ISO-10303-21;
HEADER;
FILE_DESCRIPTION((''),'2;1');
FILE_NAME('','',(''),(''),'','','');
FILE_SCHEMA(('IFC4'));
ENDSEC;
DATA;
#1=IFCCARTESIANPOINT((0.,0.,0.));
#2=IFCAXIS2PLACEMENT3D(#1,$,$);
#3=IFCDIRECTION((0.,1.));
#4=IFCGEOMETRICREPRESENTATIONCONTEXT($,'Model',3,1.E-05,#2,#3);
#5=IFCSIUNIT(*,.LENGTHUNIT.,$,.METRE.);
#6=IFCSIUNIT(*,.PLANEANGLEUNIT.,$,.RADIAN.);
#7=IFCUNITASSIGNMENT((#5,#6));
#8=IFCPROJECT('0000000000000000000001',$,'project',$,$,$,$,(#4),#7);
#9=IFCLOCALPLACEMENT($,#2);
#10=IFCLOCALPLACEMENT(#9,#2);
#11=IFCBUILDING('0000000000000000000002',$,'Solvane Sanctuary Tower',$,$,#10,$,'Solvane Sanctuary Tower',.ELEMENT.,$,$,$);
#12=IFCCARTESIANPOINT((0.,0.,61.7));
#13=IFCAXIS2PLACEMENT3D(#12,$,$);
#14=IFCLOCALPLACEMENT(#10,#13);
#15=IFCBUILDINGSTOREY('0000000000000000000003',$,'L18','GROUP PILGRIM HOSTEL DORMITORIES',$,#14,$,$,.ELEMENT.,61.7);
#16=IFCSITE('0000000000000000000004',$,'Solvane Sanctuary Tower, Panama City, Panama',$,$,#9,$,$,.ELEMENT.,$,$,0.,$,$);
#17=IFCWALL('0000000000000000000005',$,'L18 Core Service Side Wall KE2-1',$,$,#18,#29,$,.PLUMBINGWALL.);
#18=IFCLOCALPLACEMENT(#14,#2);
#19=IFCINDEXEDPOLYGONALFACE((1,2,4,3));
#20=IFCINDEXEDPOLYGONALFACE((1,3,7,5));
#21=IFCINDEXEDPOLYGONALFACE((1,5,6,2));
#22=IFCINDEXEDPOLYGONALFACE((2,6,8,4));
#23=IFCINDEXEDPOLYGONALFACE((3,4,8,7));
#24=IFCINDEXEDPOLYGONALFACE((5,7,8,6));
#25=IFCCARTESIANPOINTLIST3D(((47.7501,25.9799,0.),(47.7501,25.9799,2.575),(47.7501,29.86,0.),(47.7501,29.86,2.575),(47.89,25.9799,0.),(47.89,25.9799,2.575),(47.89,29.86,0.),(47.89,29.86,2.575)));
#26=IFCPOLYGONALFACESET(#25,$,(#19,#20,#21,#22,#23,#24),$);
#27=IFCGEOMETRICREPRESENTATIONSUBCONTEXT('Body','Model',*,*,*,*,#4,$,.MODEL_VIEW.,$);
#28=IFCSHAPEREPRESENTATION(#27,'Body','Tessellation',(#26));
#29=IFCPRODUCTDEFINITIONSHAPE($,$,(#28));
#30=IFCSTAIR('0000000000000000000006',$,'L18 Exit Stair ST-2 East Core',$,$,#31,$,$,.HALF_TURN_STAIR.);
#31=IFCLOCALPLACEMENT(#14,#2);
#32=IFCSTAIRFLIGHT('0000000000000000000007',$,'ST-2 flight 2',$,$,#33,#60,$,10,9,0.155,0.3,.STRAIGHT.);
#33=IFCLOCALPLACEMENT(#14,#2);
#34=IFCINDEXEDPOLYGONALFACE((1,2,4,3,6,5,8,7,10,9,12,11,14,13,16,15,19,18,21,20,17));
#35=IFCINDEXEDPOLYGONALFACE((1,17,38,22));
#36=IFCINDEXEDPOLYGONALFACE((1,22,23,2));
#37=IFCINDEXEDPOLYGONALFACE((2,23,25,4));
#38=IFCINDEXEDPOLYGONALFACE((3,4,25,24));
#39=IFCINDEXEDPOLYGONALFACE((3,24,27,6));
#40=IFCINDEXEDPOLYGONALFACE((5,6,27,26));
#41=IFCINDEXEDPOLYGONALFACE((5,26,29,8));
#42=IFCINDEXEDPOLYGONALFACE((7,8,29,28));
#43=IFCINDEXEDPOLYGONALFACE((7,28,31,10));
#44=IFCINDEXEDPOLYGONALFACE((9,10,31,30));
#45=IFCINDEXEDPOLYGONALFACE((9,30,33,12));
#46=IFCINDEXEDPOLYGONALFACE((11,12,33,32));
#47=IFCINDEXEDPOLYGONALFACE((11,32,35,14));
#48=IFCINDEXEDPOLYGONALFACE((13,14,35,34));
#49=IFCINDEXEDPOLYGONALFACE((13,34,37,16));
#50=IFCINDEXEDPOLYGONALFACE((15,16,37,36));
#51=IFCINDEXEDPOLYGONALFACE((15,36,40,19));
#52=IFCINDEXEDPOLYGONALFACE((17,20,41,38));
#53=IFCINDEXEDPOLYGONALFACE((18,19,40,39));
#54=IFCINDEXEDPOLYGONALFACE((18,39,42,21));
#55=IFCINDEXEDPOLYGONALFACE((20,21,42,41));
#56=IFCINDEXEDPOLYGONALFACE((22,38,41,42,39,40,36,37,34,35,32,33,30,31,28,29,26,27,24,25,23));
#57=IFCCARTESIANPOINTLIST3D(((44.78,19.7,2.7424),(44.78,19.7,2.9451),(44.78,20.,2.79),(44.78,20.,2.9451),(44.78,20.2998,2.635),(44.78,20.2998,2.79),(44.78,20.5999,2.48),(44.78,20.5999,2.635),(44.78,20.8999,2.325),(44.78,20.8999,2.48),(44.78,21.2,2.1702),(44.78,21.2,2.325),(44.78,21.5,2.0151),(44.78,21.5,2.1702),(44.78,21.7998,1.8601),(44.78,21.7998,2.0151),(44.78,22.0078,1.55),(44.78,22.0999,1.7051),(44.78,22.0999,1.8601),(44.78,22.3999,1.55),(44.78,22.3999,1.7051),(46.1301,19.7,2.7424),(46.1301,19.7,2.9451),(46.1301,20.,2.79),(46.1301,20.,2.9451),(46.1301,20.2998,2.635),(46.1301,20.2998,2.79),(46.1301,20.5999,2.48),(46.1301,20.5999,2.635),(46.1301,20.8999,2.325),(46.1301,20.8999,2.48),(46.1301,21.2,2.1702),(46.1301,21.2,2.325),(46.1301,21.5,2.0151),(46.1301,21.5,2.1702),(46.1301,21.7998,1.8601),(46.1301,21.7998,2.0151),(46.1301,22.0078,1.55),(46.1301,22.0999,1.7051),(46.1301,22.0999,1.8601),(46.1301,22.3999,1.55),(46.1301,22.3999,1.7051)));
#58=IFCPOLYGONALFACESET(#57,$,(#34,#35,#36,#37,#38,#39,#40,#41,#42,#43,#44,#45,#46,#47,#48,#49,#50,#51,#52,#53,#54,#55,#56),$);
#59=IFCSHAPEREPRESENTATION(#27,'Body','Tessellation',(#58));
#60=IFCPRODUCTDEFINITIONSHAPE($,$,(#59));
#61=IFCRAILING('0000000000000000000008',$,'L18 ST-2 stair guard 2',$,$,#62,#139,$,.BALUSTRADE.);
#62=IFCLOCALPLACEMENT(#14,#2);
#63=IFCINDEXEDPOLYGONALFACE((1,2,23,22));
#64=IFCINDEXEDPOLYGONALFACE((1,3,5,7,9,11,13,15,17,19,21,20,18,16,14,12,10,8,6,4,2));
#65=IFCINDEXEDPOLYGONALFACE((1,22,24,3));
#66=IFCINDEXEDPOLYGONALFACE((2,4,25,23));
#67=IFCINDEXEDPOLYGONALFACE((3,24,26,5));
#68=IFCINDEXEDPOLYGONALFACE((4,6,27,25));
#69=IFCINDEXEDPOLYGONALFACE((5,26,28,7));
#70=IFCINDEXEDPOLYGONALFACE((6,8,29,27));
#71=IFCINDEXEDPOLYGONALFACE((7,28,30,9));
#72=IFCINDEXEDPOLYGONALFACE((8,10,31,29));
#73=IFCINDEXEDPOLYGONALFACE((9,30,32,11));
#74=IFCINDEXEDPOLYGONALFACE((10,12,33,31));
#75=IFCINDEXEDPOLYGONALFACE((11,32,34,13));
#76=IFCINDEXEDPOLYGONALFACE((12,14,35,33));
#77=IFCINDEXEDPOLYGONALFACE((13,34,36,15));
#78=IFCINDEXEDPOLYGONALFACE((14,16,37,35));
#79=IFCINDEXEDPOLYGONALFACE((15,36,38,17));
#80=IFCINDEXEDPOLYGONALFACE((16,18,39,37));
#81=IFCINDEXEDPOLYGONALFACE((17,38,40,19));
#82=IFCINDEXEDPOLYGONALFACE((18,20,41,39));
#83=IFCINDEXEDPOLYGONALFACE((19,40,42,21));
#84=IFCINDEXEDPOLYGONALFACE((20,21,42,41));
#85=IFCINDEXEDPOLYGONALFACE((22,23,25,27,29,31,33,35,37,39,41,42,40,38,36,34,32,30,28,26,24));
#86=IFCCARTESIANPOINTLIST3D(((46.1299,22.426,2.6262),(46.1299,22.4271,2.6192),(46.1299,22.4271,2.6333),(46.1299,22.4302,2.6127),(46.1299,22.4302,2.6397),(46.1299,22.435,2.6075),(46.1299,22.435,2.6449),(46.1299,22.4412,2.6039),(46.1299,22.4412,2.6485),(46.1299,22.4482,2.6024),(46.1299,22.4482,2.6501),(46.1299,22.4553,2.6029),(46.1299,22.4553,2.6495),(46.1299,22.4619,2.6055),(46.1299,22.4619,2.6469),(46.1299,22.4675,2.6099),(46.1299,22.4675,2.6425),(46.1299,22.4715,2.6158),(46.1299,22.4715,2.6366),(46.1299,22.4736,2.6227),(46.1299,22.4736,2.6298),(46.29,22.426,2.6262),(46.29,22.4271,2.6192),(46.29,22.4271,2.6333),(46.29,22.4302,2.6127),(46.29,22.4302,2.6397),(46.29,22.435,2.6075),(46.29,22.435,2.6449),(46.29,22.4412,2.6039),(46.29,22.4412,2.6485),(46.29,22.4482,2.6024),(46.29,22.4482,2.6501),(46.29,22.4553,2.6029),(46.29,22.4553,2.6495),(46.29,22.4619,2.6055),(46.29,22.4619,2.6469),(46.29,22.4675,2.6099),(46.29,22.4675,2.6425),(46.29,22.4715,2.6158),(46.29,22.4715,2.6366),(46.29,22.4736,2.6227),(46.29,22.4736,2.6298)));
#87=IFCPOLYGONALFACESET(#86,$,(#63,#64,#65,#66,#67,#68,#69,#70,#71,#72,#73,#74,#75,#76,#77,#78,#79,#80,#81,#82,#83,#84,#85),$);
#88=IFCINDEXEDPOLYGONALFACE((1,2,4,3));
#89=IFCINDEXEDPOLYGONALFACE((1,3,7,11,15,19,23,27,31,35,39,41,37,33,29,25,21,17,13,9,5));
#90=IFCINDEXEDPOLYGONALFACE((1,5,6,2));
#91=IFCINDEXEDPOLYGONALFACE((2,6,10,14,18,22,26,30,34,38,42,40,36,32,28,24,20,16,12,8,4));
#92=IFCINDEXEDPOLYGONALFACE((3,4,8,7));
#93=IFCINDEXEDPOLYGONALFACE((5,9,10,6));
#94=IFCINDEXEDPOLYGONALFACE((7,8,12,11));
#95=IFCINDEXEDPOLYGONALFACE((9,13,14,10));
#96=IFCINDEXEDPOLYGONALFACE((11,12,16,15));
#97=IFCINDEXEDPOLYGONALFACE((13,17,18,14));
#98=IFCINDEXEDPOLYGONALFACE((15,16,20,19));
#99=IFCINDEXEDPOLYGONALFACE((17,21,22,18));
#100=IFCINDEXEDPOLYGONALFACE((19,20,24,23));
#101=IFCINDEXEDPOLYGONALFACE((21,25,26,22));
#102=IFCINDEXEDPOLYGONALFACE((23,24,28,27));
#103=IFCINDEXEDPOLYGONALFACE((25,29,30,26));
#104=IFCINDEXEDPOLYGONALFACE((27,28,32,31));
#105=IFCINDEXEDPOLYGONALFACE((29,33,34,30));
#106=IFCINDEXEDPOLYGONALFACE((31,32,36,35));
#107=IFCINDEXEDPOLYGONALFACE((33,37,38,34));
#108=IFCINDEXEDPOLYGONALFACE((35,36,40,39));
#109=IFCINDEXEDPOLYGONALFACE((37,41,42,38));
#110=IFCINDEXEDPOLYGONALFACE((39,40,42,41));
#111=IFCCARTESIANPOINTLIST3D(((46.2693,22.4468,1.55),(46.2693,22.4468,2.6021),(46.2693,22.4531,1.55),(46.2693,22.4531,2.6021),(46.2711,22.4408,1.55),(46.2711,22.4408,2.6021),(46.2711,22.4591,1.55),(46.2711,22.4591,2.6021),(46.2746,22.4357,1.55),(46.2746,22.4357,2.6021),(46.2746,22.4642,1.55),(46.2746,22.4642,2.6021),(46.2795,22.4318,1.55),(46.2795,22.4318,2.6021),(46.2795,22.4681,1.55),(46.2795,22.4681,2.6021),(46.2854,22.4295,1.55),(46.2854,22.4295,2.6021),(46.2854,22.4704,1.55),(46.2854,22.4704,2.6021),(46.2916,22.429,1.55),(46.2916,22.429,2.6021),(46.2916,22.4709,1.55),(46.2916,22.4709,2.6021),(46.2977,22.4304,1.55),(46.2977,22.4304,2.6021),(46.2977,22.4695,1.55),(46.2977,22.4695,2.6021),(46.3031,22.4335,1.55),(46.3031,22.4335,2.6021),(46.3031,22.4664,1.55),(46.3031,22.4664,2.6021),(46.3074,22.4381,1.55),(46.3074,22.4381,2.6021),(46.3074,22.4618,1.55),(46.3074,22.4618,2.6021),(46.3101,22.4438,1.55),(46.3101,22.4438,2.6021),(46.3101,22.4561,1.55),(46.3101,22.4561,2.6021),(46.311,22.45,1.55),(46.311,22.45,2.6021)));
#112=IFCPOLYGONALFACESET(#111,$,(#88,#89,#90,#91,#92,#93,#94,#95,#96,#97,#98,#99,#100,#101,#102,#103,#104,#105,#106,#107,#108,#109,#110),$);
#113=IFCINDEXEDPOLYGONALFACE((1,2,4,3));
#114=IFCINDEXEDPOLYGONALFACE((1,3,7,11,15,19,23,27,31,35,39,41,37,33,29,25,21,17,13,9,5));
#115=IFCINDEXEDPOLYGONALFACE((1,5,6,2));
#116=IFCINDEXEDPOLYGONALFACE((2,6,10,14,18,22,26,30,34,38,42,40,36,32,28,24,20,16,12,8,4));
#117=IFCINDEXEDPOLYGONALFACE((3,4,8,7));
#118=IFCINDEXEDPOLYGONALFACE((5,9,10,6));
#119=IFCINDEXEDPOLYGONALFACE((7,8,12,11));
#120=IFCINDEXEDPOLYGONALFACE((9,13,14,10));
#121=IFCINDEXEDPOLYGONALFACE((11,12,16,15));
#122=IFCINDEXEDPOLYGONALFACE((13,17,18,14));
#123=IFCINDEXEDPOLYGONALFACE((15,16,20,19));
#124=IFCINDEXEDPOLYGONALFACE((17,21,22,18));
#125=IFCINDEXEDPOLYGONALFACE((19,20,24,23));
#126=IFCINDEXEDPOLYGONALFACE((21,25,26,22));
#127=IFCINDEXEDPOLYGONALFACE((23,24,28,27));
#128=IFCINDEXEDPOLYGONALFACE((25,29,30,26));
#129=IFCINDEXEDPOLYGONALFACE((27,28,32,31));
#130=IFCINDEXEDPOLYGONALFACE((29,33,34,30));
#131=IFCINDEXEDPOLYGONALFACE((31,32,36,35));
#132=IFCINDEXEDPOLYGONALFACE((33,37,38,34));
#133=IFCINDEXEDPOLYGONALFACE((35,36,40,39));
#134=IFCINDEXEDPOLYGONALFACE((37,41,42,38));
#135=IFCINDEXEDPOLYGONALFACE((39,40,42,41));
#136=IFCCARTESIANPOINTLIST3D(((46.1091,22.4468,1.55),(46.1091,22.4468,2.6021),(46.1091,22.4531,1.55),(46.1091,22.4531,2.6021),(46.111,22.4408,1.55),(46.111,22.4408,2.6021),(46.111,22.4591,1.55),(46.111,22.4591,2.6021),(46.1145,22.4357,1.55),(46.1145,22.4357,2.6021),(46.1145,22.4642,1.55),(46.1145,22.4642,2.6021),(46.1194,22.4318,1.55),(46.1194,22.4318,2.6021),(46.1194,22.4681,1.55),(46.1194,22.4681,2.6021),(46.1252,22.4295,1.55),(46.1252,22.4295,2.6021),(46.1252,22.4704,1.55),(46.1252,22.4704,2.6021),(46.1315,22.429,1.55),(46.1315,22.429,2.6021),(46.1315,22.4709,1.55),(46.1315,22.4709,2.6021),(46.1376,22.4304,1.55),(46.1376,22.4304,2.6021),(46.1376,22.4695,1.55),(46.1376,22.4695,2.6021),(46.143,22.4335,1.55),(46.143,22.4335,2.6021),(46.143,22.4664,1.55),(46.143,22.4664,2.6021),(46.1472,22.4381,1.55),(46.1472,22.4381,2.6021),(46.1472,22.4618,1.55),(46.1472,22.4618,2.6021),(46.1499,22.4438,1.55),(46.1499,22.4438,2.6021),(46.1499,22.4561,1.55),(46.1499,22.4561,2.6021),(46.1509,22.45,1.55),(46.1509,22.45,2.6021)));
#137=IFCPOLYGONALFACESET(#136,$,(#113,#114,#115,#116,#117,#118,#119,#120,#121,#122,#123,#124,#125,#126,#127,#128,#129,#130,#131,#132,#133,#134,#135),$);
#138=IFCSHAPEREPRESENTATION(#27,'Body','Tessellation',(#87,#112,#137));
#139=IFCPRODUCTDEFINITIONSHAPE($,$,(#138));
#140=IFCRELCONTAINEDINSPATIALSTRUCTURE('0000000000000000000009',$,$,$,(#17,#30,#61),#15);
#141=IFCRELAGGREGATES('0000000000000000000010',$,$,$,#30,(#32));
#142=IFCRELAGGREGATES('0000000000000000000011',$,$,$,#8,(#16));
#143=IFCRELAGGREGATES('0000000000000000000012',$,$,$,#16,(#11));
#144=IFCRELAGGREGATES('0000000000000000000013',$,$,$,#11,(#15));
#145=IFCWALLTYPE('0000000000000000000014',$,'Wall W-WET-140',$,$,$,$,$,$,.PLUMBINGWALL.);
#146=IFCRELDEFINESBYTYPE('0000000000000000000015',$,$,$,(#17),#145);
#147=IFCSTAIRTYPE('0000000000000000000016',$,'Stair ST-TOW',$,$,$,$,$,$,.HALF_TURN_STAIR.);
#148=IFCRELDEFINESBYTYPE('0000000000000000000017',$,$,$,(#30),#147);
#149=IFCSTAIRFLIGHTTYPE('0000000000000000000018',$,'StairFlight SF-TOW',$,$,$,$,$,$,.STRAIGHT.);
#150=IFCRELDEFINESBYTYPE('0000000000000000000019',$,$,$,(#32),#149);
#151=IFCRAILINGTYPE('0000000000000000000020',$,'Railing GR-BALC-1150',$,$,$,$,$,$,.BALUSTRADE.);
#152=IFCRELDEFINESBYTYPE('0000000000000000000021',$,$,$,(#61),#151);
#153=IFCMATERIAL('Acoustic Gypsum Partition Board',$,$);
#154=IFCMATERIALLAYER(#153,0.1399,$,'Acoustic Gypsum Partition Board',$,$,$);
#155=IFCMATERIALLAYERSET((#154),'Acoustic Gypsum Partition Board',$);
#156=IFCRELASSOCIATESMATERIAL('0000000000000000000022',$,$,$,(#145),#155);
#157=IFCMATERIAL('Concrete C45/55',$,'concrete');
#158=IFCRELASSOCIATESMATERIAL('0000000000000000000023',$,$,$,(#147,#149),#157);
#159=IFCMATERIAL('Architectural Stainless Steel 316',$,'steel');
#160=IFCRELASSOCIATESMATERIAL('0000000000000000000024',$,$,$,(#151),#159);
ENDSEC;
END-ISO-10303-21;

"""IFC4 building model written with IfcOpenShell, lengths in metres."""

from ifc_helpers import new_model, si_unit, direction, frame, frame_2d, origin, origin_2d, place, context, subcontext, project, spatial, polyline, rectangle, circle, outline, extrude, material, layer, layer_set, type_object, element, aggregate, save


model = new_model("IFC4")

# Units and contexts
model_context = context("Model", 3, precision=1e-05, world=origin(), true_north=direction((0.0, 1.0)))
body_context = subcontext(model_context, "Body", "Model", "MODEL_VIEW")
ifc_project = project(units=[si_unit("LENGTHUNIT", "METRE"), si_unit("PLANEANGLEUNIT", "RADIAN")], contexts=[model_context])

# Site, building, storey
site_placement = place(None, origin())
site = spatial("IfcSite", under=ifc_project, at=site_placement, Name="Solvane Sanctuary Tower, Panama City, Panama", CompositionType="ELEMENT", RefElevation=0.0)
building_placement = place(site_placement, origin())
building = spatial("IfcBuilding", under=site, at=building_placement, Name="Solvane Sanctuary Tower", LongName="Solvane Sanctuary Tower", CompositionType="ELEMENT")
storey_placement = place(building_placement, frame((0.0, 0.0, 61.7)))
storey = spatial("IfcBuildingStorey", under=building, at=storey_placement, Name="L18", Description="GROUP PILGRIM HOSTEL DORMITORIES", CompositionType="ELEMENT", Elevation=61.7)

# Shared definitions
ifc_material_1 = material(Name="Acoustic Gypsum Partition Board")

# Shared definitions
ifc_material_2 = material(Name="Architectural Stainless Steel 316", Category="steel")

# Shared definitions
ifc_layer_1 = layer(ifc_material_1, 0.1399, Name="Acoustic Gypsum Partition Board")
ifc_layer_set_1 = layer_set([ifc_layer_1], Name="Acoustic Gypsum Partition Board")
wall_type_1 = type_object("IfcWallType", Name="Wall W-WET-140", PredefinedType="PLUMBINGWALL", material=ifc_layer_set_1)

# Wall
wall_1_placement = place(storey_placement, frame((47.8201, 25.98, 0.0), z_axis=(0.0, 0.0, 1.0), x_axis=(0.0, 1.0, 0.0)))
element("IfcWall", 1, at=wall_1_placement, inside=storey, type_object=wall_type_1, Name="L18 Core Service Side Wall KE2-1", PredefinedType="PLUMBINGWALL", context=body_context, shape_type="SweptSolid", body=[
    extrude(rectangle(XDim=3.8801, YDim=0.1399, at=frame_2d((1.9399, 0.0))), origin(), (0.0, 0.0, 1.0), 2.575),
])

# Stair, stair flight
ifc_material_3 = material(Name="Concrete C45/55", Category="concrete")
stair_type = type_object("IfcStairType", Name="Stair ST-TOW", PredefinedType="HALF_TURN_STAIR", material=ifc_material_3)
stair_placement = place(storey_placement, origin())
stair = element("IfcStair", 2, at=stair_placement, inside=storey, type_object=stair_type, Name="L18 Exit Stair ST-2 East Core", PredefinedType="HALF_TURN_STAIR")
stair_flight_type = type_object("IfcStairFlightType", Name="StairFlight SF-TOW", PredefinedType="STRAIGHT", material=ifc_material_3)
stair_flight_placement = place(storey_placement, frame((45.4551, 22.3999, 1.55), z_axis=(0.0, 0.0, 1.0), x_axis=(0.0, -1.0, 0.0)))
stair_flight = element("IfcStairFlight", 3, at=stair_flight_placement, type_object=stair_flight_type, Name="ST-2 flight 2", NumberOfRisers=10, NumberOfTreads=9, PredefinedType="STRAIGHT", RiserHeight=0.155, TreadLength=0.3, context=body_context, shape_type="SweptSolid", body=[
    extrude(outline(polyline([(0.0, 0.0), (0.0, 0.155), (0.3, 0.155), (0.3, 0.3101), (0.6001, 0.3101), (0.6001, 0.4651), (0.8999, 0.4651), (0.8999, 0.6201), (1.2, 0.6201), (1.2, 0.7749), (1.5, 0.7749), (1.5, 0.9299), (1.8, 0.9299), (1.8, 1.085), (2.1001, 1.085), (2.1001, 1.24), (2.3999, 1.24), (2.3999, 1.395), (2.7, 1.395), (2.7, 1.55), (2.7, 1.1924), (0.3921, 0.0), (0.0, 0.0)])), frame((0.0, 0.675, 0.0), z_axis=(0.0, -1.0, 0.0), x_axis=(1.0, 0.0, 0.0)), (0.0, 0.0, 1.0), 1.3501),
])
aggregate(stair, [stair_flight])

# Railing
railing_type_1 = type_object("IfcRailingType", Name="Railing GR-BALC-1150", PredefinedType="BALUSTRADE", material=ifc_material_2)
railing_1_placement = place(storey_placement, frame((46.29, 22.45, 1.55)))
element("IfcRailing", 4, at=railing_1_placement, inside=storey, type_object=railing_type_1, Name="L18 ST-2 stair guard 2", PredefinedType="BALUSTRADE", context=body_context, shape_type="SweptSolid", body=[
    extrude(circle(Radius=0.0239, at=origin_2d()), frame((0.0, 0.0, 1.0762), z_axis=(-1.0, 0.0, 0.0), x_axis=(0.0, -1.0, 0.0)), (0.0, 0.0, 1.0), 0.1602),
    extrude(circle(Radius=0.021, at=origin_2d()), origin(), (0.0, 0.0, 1.0), 1.052),
    extrude(circle(Radius=0.021, at=origin_2d()), frame((-0.1602, 0.0, 0.0)), (0.0, 0.0, 1.0), 1.052),
])

save(model, "model.ifc")
